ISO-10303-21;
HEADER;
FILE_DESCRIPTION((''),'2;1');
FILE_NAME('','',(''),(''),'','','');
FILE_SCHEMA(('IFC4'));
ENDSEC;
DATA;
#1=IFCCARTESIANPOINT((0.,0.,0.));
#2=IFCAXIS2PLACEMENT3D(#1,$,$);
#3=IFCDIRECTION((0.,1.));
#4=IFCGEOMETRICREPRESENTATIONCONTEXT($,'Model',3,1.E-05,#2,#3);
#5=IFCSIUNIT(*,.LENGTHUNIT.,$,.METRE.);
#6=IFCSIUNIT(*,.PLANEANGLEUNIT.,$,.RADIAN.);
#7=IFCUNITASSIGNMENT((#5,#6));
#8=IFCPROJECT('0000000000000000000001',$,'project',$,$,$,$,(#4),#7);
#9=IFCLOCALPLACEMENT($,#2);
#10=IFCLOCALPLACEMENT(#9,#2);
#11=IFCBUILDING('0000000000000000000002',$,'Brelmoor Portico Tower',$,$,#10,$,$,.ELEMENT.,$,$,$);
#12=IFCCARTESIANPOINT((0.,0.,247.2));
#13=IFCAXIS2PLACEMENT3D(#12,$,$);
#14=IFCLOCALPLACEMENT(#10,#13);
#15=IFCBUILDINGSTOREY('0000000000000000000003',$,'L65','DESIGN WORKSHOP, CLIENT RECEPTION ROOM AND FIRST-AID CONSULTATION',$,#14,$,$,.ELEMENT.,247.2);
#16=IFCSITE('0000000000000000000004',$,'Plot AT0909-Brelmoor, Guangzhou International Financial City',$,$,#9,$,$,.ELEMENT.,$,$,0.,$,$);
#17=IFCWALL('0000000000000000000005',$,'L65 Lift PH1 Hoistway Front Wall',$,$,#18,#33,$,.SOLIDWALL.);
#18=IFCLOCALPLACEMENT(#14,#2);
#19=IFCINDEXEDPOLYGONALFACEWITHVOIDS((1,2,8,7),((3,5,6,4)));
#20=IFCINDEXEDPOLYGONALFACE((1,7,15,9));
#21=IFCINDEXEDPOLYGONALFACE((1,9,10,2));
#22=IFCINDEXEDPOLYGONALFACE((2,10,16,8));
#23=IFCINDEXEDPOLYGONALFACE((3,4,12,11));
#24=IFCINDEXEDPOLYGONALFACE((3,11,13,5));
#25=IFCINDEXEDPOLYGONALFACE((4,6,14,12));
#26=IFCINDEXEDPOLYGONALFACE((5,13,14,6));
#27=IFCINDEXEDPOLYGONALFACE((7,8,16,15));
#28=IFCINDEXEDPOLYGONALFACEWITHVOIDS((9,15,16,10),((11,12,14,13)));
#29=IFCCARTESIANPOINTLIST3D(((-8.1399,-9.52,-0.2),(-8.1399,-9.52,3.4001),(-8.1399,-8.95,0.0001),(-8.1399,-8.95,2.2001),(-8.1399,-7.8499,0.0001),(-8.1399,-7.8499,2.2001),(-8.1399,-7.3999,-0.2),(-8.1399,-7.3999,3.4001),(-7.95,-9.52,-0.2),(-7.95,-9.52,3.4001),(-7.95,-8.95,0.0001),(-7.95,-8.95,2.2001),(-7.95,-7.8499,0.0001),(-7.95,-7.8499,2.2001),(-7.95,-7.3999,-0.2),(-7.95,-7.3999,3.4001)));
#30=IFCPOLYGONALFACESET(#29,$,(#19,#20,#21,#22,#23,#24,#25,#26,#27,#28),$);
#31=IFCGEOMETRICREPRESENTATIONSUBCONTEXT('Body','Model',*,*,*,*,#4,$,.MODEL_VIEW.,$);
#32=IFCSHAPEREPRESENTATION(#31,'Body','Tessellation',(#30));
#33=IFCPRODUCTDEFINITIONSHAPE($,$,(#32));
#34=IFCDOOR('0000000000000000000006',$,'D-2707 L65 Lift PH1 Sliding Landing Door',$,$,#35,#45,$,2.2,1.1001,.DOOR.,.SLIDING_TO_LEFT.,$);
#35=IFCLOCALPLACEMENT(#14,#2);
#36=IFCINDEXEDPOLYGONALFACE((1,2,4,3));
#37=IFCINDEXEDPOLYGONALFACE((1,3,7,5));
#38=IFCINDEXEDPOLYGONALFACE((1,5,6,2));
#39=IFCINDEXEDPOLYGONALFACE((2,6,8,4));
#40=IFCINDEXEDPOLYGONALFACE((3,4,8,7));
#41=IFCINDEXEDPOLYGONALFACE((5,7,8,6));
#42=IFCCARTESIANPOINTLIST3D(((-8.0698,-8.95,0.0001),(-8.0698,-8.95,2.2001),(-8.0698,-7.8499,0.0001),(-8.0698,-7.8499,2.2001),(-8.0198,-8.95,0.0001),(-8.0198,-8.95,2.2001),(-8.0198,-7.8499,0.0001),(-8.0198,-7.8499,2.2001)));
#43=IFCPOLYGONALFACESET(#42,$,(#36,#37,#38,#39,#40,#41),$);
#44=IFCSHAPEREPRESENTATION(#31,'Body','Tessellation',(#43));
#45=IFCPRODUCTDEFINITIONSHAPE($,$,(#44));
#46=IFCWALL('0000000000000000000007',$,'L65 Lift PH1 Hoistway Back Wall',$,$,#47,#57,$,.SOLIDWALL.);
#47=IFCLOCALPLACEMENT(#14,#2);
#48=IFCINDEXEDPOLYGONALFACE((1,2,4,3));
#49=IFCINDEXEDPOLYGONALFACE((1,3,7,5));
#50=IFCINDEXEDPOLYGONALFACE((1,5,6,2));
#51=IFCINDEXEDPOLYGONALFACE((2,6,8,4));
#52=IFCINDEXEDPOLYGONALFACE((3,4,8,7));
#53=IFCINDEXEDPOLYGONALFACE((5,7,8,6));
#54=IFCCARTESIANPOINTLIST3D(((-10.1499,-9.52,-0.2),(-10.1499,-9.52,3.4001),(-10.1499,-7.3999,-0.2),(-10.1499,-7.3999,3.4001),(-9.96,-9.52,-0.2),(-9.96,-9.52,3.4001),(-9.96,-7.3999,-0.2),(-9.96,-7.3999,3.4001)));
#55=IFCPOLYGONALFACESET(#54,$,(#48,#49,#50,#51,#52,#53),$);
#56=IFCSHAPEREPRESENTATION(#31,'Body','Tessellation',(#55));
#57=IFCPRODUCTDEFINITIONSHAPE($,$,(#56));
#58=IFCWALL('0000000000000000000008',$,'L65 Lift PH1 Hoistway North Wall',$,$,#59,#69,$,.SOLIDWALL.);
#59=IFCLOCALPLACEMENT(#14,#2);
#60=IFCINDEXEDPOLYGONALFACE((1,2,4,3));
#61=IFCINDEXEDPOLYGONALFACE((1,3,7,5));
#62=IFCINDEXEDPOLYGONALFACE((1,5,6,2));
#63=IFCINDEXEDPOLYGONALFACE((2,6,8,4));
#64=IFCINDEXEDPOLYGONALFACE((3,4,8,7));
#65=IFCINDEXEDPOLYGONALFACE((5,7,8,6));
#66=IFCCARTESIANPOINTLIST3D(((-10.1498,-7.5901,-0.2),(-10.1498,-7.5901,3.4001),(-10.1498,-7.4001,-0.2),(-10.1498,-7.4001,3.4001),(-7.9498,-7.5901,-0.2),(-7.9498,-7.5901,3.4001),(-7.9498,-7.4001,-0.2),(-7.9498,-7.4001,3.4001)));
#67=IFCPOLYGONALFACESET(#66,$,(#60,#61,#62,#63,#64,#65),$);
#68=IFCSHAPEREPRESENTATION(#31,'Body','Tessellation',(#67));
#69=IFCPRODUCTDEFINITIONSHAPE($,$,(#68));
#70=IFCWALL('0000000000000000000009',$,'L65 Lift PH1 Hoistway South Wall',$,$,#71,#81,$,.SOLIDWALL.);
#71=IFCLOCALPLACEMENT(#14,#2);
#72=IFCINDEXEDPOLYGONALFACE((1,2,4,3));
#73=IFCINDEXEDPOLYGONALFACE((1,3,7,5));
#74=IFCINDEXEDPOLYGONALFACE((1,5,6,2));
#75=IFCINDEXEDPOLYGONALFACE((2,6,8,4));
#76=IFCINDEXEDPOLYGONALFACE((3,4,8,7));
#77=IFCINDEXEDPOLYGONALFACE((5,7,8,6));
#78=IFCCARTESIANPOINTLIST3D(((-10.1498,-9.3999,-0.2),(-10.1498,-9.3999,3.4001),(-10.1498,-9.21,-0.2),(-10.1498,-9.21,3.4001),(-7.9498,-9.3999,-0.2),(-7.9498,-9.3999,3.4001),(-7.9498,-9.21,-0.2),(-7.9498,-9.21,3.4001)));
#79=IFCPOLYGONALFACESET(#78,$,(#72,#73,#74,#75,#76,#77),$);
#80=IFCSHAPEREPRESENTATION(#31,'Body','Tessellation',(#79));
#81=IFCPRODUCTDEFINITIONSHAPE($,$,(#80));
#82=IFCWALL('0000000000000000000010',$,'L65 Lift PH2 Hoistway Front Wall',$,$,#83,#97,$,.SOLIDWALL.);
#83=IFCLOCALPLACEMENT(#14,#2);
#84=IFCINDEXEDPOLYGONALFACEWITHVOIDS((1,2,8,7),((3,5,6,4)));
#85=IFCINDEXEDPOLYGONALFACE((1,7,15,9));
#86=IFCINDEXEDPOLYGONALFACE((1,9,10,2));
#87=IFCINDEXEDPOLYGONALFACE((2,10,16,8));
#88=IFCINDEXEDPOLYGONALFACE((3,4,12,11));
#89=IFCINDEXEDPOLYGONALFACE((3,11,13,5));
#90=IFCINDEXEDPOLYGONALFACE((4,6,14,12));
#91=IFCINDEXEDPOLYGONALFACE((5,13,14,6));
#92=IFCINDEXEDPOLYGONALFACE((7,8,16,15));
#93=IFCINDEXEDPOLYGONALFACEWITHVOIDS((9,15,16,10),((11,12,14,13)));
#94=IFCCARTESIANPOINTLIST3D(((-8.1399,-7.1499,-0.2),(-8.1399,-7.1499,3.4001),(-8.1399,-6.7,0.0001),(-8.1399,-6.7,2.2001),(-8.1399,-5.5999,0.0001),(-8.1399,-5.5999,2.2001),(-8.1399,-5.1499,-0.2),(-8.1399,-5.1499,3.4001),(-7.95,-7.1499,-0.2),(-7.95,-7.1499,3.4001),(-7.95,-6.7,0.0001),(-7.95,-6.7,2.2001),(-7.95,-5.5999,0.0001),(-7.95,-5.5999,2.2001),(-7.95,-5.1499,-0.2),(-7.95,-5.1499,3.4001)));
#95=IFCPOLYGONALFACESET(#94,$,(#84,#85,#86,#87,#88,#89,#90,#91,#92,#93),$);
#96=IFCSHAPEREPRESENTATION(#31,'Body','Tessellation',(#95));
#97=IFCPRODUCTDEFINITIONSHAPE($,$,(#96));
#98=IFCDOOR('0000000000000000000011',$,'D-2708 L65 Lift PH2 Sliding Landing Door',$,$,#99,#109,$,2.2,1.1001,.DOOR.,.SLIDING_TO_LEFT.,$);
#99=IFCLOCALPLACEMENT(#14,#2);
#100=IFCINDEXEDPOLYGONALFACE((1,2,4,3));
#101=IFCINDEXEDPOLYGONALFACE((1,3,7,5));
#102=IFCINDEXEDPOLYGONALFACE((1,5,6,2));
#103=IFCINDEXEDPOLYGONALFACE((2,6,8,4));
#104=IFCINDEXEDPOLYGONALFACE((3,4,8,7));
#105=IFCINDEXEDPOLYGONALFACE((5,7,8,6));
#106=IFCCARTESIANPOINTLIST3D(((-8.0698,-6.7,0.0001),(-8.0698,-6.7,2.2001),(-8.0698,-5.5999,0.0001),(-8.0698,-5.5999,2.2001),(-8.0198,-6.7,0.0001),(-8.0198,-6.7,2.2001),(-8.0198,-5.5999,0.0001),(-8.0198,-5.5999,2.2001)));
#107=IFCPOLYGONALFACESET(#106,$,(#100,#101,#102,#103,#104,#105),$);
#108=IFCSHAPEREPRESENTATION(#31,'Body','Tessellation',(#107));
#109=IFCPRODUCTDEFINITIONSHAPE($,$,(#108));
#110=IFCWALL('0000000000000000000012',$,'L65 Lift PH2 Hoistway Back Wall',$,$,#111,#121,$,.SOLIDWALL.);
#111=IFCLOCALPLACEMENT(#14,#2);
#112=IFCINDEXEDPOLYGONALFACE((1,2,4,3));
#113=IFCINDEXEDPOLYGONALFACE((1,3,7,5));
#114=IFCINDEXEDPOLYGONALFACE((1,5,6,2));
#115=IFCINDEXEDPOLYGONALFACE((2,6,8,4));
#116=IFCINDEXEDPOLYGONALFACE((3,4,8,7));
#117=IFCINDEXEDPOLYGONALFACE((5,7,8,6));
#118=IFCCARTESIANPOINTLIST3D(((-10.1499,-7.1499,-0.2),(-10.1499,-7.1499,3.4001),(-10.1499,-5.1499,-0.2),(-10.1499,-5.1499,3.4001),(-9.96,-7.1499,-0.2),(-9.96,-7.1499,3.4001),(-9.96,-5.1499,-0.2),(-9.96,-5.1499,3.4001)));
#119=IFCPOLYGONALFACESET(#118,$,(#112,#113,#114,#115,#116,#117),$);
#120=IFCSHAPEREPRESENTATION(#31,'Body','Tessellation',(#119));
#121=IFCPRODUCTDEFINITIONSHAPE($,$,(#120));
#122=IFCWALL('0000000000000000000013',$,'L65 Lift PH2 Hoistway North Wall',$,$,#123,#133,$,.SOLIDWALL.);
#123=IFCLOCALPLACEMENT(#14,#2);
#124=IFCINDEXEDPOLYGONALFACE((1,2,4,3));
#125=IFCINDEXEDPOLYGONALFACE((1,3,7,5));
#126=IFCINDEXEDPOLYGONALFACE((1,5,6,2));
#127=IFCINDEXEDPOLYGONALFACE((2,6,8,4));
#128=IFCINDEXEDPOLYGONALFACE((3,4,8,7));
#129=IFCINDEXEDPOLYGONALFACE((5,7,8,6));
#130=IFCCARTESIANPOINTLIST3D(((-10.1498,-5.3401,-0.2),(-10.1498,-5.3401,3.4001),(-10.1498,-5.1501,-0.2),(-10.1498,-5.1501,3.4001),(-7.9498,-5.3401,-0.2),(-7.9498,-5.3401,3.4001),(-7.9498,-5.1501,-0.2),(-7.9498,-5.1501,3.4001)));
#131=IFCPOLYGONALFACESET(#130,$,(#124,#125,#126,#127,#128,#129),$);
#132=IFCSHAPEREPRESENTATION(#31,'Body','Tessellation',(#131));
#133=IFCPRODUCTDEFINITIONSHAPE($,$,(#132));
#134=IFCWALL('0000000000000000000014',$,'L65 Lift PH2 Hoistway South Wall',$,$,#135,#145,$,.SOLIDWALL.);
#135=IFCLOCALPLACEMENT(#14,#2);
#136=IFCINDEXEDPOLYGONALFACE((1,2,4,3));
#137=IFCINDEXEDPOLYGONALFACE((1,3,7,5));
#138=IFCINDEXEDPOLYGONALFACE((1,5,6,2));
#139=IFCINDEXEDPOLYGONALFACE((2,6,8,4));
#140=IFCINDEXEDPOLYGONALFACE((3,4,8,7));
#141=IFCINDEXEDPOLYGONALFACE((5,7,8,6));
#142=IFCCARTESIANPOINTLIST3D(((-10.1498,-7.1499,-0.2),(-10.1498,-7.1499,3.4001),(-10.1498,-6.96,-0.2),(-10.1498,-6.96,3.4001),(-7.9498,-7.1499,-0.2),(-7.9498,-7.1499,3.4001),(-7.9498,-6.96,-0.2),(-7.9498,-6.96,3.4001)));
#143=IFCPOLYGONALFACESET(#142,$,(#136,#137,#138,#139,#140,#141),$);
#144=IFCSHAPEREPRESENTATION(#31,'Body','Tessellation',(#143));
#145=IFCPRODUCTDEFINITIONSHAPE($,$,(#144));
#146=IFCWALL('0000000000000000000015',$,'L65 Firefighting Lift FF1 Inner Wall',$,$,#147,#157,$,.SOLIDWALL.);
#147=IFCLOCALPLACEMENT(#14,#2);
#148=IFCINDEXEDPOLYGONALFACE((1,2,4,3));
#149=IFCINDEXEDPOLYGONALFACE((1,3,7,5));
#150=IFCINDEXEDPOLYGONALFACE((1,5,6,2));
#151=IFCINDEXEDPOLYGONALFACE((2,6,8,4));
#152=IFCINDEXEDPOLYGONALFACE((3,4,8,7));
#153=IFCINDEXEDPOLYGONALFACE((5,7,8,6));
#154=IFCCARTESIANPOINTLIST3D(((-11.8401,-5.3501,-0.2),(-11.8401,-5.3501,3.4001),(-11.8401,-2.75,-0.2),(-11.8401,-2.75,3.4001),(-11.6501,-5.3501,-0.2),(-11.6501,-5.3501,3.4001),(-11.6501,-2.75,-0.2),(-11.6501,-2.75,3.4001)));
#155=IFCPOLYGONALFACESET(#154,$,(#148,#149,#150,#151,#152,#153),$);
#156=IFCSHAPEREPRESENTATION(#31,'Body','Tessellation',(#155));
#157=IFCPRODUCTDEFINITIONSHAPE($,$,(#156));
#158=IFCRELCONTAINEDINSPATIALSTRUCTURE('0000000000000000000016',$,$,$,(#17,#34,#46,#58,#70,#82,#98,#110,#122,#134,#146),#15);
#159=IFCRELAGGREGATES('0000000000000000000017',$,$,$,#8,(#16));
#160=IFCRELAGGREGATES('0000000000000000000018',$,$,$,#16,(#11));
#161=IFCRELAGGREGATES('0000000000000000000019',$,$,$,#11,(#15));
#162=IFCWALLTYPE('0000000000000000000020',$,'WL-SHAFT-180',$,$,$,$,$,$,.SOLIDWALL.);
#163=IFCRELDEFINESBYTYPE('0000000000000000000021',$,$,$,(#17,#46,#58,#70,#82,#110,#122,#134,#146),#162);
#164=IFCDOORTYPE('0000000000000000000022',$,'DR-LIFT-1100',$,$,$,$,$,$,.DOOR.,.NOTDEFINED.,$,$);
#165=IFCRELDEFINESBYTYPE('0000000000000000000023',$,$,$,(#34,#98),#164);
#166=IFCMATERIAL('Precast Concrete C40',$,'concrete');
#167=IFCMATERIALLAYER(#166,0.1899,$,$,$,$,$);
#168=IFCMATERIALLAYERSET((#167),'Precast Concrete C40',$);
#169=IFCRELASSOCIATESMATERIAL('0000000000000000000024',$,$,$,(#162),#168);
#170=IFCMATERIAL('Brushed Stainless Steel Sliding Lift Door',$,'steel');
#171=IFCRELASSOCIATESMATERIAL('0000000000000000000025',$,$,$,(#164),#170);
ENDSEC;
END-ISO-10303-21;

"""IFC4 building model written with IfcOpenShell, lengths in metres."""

from ifc_helpers import new_model, si_unit, direction, frame, frame_2d, origin, place, context, subcontext, project, spatial, rectangle, extrude, material, layer, layer_set, type_object, element, fill, save


model = new_model("IFC4")

# Units and contexts
model_context = context("Model", 3, precision=1e-05, world=origin(), true_north=direction((0.0, 1.0)))
body_context = subcontext(model_context, "Body", "Model", "MODEL_VIEW")
ifc_project = project(units=[si_unit("LENGTHUNIT", "METRE"), si_unit("PLANEANGLEUNIT", "RADIAN")], contexts=[model_context])

# Site, building, storey
site_placement = place(None, origin())
site = spatial("IfcSite", under=ifc_project, at=site_placement, Name="Plot AT0909-Brelmoor, Guangzhou International Financial City", CompositionType="ELEMENT", RefElevation=0.0)
building_placement = place(site_placement, origin())
building = spatial("IfcBuilding", under=site, at=building_placement, Name="Brelmoor Portico Tower", CompositionType="ELEMENT")
storey_placement = place(building_placement, frame((0.0, 0.0, 247.2)))
storey = spatial("IfcBuildingStorey", under=building, at=storey_placement, Name="L65", Description="DESIGN WORKSHOP, CLIENT RECEPTION ROOM AND FIRST-AID CONSULTATION", CompositionType="ELEMENT", Elevation=247.2)

# Wall, opening, door
ifc_material_1 = material(Name="Precast Concrete C40", Category="concrete")
ifc_layer_1 = layer(ifc_material_1, 0.1899)
ifc_layer_set_1 = layer_set([ifc_layer_1], Name="Precast Concrete C40")
wall_type_1 = type_object("IfcWallType", Name="WL-SHAFT-180", PredefinedType="SOLIDWALL", material=ifc_layer_set_1)
wall_1_placement = place(storey_placement, frame((-8.0449, -9.52, -0.2), z_axis=(0.0, 0.0, 1.0), x_axis=(0.0, 1.0, 0.0)))
wall_1 = element("IfcWall", 1, at=wall_1_placement, inside=storey, type_object=wall_type_1, Name="L65 Lift PH1 Hoistway Front Wall", PredefinedType="SOLIDWALL", context=body_context, shape_type="SweptSolid", body=[
    extrude(rectangle(XDim=2.1201, YDim=0.1899, at=frame_2d((1.0601, 0.0))), origin(), (0.0, 0.0, 1.0), 3.6001),
])
opening_1_placement = place(wall_1_placement, frame((0.5701, 0.0, 0.2)))
opening_1 = element("IfcOpeningElement", 2, at=opening_1_placement, cuts=wall_1, PredefinedType="OPENING", context=body_context, shape_type="SweptSolid", body=[
    extrude(rectangle(XDim=1.1001, YDim=2.2, at=frame_2d((0.55, 1.1001))), frame((0.0, 0.105, 0.0), z_axis=(0.0, -1.0, 0.0), x_axis=(1.0, 0.0, 0.0)), (0.0, 0.0, 1.0), 0.21),
])
ifc_material_2 = material(Name="Brushed Stainless Steel Sliding Lift Door", Category="steel")
door_type_1 = type_object("IfcDoorType", Name="DR-LIFT-1100", OperationType="NOTDEFINED", PredefinedType="DOOR", material=ifc_material_2)
door_1_placement = place(opening_1_placement, origin())
door_1 = element("IfcDoor", 3, at=door_1_placement, inside=storey, type_object=door_type_1, Name="D-2707 L65 Lift PH1 Sliding Landing Door", OperationType="SLIDING_TO_LEFT", OverallHeight=2.2, OverallWidth=1.1001, PredefinedType="DOOR", context=body_context, shape_type="SweptSolid", body=[
    extrude(rectangle(XDim=1.1001, YDim=2.2, at=frame_2d((0.55, 1.1001))), frame((0.0, 0.0249, 0.0), z_axis=(0.0, -1.0, 0.0), x_axis=(1.0, 0.0, 0.0)), (0.0, 0.0, 1.0), 0.05),
])
fill(opening_1, door_1)

# Walls
wall_2_placement = place(storey_placement, frame((-10.0549, -9.52, -0.2), z_axis=(0.0, 0.0, 1.0), x_axis=(0.0, 1.0, 0.0)))
element("IfcWall", 4, at=wall_2_placement, inside=storey, type_object=wall_type_1, Name="L65 Lift PH1 Hoistway Back Wall", PredefinedType="SOLIDWALL", context=body_context, shape_type="SweptSolid", body=[
    extrude(rectangle(XDim=2.1201, YDim=0.1899, at=frame_2d((1.0601, 0.0))), origin(), (0.0, 0.0, 1.0), 3.6001),
])
for number, where, z_axis, x_axis, name in (
    (5, (-10.1499, -7.4951, -0.2), (0.0, 0.0, 1.0), (1.0, 0.0, 0.0), "L65 Lift PH1 Hoistway North Wall"),
    (6, (-10.1499, -9.3049, -0.2), (0.0, 0.0, 1.0), (1.0, 0.0, 0.0), "L65 Lift PH1 Hoistway South Wall"),
):
    element("IfcWall", number, at=place(storey_placement, frame(where, z_axis=z_axis, x_axis=x_axis)), inside=storey, type_object=wall_type_1, Name=name, PredefinedType="SOLIDWALL", context=body_context, shape_type="SweptSolid", body=[
        extrude(rectangle(XDim=2.2, YDim=0.1899, at=frame_2d((1.1001, 0.0))), origin(), (0.0, 0.0, 1.0), 3.6001),
    ])

# Wall, opening, door
wall_3_placement = place(storey_placement, frame((-8.0449, -7.1499, -0.2), z_axis=(0.0, 0.0, 1.0), x_axis=(0.0, 1.0, 0.0)))
wall_3 = element("IfcWall", 7, at=wall_3_placement, inside=storey, type_object=wall_type_1, Name="L65 Lift PH2 Hoistway Front Wall", PredefinedType="SOLIDWALL", context=body_context, shape_type="SweptSolid", body=[
    extrude(rectangle(XDim=2.0, YDim=0.1899, at=frame_2d((1.0, 0.0))), origin(), (0.0, 0.0, 1.0), 3.6001),
])
opening_2_placement = place(wall_3_placement, frame((0.45, 0.0, 0.2)))
opening_2 = element("IfcOpeningElement", 8, at=opening_2_placement, cuts=wall_3, PredefinedType="OPENING", context=body_context, shape_type="SweptSolid", body=[
    extrude(rectangle(XDim=1.1001, YDim=2.2, at=frame_2d((0.55, 1.1001))), frame((0.0, 0.105, 0.0), z_axis=(0.0, -1.0, 0.0), x_axis=(1.0, 0.0, 0.0)), (0.0, 0.0, 1.0), 0.21),
])
door_2_placement = place(opening_2_placement, origin())
door_2 = element("IfcDoor", 9, at=door_2_placement, inside=storey, type_object=door_type_1, Name="D-2708 L65 Lift PH2 Sliding Landing Door", OperationType="SLIDING_TO_LEFT", OverallHeight=2.2, OverallWidth=1.1001, PredefinedType="DOOR", context=body_context, shape_type="SweptSolid", body=[
    extrude(rectangle(XDim=1.1001, YDim=2.2, at=frame_2d((0.55, 1.1001))), frame((0.0, 0.0249, 0.0), z_axis=(0.0, -1.0, 0.0), x_axis=(1.0, 0.0, 0.0)), (0.0, 0.0, 1.0), 0.05),
])
fill(opening_2, door_2)

# Walls
wall_4_placement = place(storey_placement, frame((-10.0549, -7.1499, -0.2), z_axis=(0.0, 0.0, 1.0), x_axis=(0.0, 1.0, 0.0)))
element("IfcWall", 10, at=wall_4_placement, inside=storey, type_object=wall_type_1, Name="L65 Lift PH2 Hoistway Back Wall", PredefinedType="SOLIDWALL", context=body_context, shape_type="SweptSolid", body=[
    extrude(rectangle(XDim=2.0, YDim=0.1899, at=frame_2d((1.0, 0.0))), origin(), (0.0, 0.0, 1.0), 3.6001),
])
for number, where, z_axis, x_axis, name in (
    (11, (-10.1499, -5.2451, -0.2), (0.0, 0.0, 1.0), (1.0, 0.0, 0.0), "L65 Lift PH2 Hoistway North Wall"),
    (12, (-10.1499, -7.0549, -0.2), (0.0, 0.0, 1.0), (1.0, 0.0, 0.0), "L65 Lift PH2 Hoistway South Wall"),
):
    element("IfcWall", number, at=place(storey_placement, frame(where, z_axis=z_axis, x_axis=x_axis)), inside=storey, type_object=wall_type_1, Name=name, PredefinedType="SOLIDWALL", context=body_context, shape_type="SweptSolid", body=[
        extrude(rectangle(XDim=2.2, YDim=0.1899, at=frame_2d((1.1001, 0.0))), origin(), (0.0, 0.0, 1.0), 3.6001),
    ])
wall_5_placement = place(storey_placement, frame((-11.7451, -5.3501, -0.2), z_axis=(0.0, 0.0, 1.0), x_axis=(0.0, 1.0, 0.0)))
element("IfcWall", 13, at=wall_5_placement, inside=storey, type_object=wall_type_1, Name="L65 Firefighting Lift FF1 Inner Wall", PredefinedType="SOLIDWALL", context=body_context, shape_type="SweptSolid", body=[
    extrude(rectangle(XDim=2.6001, YDim=0.1899, at=frame_2d((1.3, 0.0))), origin(), (0.0, 0.0, 1.0), 3.6001),
])

save(model, "model.ifc")
